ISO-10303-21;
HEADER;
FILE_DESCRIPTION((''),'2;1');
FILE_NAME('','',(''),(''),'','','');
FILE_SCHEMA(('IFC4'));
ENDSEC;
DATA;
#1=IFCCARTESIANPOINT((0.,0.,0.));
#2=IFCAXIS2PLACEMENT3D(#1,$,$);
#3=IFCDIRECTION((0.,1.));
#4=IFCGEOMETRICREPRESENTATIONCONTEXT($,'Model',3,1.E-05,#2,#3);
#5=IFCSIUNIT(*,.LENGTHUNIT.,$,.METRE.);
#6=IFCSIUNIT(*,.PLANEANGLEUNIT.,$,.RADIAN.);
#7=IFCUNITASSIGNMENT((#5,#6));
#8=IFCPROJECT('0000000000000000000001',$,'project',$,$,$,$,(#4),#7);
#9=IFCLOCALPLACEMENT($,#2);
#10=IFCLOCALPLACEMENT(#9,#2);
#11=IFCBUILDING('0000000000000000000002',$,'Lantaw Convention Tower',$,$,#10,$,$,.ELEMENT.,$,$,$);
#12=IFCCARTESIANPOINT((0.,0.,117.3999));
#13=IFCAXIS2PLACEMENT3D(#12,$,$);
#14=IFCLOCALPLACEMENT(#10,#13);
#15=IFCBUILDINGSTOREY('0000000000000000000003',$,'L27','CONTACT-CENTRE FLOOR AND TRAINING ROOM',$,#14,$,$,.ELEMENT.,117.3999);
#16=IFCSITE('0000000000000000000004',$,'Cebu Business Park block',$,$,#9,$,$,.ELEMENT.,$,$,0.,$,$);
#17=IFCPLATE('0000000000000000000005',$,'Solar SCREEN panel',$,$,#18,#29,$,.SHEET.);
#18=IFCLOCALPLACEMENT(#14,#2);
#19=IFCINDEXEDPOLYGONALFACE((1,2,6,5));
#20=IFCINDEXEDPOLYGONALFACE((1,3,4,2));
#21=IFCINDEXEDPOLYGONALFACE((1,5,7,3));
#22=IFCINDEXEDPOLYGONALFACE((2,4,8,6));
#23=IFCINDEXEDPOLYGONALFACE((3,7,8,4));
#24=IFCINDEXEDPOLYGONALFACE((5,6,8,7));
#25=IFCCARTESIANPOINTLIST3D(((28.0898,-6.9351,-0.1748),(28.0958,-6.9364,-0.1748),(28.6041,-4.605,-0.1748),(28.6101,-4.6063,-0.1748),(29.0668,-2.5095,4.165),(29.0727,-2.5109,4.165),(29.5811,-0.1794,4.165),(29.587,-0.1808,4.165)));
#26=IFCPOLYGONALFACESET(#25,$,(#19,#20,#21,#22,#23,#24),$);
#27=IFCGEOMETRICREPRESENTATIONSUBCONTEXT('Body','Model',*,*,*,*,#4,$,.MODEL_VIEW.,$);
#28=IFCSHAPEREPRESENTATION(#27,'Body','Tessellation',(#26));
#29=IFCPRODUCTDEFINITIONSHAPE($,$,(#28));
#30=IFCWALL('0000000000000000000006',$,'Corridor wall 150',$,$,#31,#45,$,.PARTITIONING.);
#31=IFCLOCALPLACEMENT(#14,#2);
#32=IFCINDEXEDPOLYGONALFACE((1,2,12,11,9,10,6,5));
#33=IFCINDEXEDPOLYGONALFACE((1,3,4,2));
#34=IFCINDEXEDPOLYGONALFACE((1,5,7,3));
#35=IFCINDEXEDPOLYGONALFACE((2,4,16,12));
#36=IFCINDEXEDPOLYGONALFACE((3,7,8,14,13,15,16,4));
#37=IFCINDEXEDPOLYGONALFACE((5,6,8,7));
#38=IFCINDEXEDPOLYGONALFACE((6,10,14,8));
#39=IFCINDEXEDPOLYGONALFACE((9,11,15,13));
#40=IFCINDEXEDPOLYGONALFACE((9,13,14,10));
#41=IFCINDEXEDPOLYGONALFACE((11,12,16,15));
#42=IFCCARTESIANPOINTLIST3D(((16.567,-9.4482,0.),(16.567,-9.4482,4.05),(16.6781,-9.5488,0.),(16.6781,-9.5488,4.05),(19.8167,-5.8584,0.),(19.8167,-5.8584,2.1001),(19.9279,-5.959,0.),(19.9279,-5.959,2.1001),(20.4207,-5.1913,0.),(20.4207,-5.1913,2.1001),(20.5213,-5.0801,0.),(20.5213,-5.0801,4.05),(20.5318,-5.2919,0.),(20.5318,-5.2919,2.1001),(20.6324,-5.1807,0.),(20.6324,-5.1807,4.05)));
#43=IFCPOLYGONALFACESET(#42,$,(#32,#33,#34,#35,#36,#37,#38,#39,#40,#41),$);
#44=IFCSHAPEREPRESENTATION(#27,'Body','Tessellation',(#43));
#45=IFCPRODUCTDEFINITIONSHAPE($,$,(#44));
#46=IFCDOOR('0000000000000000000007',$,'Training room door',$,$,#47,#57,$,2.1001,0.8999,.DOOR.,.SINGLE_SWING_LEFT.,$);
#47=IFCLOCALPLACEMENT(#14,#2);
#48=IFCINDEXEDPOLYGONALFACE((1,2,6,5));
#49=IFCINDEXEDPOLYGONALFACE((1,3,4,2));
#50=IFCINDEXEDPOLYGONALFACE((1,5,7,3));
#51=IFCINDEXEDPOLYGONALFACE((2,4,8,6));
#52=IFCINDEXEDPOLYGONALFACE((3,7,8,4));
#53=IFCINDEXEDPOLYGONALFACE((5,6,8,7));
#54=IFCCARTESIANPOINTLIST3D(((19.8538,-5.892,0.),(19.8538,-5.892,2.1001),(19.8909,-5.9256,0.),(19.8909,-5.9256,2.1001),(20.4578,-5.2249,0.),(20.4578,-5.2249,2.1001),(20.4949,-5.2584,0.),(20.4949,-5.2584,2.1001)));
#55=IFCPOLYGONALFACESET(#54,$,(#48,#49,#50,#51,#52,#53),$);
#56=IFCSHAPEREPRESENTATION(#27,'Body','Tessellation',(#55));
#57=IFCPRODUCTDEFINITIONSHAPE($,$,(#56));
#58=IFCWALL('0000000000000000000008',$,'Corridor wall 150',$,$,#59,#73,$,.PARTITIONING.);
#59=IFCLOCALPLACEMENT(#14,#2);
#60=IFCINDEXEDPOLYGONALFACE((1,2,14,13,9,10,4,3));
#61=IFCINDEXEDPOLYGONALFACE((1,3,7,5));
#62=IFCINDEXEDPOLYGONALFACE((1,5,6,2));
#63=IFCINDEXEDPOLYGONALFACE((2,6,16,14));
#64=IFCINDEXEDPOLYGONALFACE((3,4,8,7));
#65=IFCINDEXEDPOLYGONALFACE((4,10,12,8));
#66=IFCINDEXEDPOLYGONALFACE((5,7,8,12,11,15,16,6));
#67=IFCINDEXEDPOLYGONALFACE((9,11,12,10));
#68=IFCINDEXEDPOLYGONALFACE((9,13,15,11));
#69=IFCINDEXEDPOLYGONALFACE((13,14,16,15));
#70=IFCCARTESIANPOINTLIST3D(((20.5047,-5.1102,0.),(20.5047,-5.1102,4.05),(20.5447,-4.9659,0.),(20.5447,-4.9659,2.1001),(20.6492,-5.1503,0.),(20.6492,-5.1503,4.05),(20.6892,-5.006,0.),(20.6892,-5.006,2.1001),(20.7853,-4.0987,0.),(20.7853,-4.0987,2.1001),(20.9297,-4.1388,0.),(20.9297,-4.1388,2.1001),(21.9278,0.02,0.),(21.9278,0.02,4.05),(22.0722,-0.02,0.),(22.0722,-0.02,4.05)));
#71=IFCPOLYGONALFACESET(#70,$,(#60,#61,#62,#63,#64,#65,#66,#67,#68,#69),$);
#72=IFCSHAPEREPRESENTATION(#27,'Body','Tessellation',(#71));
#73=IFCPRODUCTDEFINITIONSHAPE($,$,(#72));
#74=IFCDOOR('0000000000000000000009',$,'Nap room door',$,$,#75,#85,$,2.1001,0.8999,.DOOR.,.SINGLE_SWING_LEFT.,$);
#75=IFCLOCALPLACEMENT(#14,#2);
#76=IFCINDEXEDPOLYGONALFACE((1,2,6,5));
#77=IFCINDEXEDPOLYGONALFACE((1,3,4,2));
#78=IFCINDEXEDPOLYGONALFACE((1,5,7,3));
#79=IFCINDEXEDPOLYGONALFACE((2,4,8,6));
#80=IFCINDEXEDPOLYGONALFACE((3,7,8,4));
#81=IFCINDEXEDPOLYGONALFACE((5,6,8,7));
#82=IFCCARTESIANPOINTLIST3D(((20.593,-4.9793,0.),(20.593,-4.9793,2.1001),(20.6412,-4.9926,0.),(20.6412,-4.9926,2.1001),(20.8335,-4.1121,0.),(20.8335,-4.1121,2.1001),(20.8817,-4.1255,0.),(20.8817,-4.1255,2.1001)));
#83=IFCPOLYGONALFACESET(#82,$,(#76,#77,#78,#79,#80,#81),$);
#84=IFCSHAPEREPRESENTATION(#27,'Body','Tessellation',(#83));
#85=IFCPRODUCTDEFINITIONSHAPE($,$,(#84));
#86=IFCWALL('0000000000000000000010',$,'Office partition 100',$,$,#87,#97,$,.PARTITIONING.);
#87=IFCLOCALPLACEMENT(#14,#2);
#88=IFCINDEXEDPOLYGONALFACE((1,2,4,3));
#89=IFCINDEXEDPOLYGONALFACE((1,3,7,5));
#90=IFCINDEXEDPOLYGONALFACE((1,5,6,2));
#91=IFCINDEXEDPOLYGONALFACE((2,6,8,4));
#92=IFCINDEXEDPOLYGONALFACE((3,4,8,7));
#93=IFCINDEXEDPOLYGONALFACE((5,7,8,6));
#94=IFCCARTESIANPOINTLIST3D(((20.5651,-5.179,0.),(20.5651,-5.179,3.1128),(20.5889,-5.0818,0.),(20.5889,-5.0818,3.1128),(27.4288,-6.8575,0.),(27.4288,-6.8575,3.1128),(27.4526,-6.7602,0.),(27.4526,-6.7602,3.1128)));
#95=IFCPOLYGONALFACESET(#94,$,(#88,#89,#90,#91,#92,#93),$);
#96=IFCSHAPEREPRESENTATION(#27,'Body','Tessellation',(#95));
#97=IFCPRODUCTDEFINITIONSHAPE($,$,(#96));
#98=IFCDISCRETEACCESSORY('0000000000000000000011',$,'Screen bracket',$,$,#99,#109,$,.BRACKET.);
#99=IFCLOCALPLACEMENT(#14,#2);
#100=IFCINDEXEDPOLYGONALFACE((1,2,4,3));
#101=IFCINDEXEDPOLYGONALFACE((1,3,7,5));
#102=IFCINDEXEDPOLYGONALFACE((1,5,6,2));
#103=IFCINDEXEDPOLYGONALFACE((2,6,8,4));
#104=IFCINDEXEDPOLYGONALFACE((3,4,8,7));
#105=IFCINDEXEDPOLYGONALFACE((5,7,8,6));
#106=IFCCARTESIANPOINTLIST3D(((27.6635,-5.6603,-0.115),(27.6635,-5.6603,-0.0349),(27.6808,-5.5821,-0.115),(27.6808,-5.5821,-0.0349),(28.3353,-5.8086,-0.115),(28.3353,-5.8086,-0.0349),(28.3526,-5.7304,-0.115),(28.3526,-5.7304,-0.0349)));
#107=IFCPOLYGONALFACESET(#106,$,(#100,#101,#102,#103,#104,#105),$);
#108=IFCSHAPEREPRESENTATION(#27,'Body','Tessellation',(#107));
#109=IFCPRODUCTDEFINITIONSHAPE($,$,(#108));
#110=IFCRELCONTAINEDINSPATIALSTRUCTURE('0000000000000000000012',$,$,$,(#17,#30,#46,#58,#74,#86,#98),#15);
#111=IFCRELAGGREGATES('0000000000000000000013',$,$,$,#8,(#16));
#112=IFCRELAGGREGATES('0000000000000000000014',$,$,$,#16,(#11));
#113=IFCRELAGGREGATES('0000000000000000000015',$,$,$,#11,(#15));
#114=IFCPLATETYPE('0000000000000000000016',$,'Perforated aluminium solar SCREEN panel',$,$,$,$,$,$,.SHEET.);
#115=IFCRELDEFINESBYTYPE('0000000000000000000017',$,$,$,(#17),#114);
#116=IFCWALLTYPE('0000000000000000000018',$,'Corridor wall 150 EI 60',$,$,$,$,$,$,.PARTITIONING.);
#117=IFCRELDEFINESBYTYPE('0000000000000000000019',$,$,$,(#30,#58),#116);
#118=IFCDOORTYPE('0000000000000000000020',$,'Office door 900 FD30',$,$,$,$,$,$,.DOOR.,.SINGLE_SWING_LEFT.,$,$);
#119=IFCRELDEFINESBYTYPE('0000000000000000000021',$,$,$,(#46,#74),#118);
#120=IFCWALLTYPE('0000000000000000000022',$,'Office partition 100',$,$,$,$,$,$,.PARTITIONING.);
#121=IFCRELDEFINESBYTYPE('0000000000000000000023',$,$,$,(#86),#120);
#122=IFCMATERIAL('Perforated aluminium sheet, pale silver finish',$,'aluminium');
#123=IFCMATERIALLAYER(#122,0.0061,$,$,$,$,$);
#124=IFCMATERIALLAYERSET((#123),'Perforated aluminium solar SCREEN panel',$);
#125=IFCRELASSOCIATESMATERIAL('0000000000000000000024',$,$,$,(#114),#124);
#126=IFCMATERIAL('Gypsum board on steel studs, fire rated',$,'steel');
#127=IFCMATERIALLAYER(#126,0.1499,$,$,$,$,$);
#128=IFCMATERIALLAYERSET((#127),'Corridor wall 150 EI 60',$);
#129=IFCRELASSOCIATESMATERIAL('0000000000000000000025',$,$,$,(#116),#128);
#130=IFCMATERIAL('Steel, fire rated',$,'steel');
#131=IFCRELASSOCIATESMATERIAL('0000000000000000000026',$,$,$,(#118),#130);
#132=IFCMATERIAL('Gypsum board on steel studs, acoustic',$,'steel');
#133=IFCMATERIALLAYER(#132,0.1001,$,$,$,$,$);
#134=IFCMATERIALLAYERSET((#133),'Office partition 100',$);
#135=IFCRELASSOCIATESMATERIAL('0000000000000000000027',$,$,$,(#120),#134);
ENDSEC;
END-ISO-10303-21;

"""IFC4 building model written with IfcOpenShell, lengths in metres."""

from ifc_helpers import new_model, si_unit, direction, frame, frame_2d, origin, origin_2d, place, context, subcontext, project, spatial, polyline, rectangle, outline, extrude, material, layer, layer_set, type_object, element, fill, save


model = new_model("IFC4")

# Units and contexts
model_context = context("Model", 3, precision=1e-05, world=origin(), true_north=direction((0.0, 1.0)))
body_context = subcontext(model_context, "Body", "Model", "MODEL_VIEW")
ifc_project = project(units=[si_unit("LENGTHUNIT", "METRE"), si_unit("PLANEANGLEUNIT", "RADIAN")], contexts=[model_context])

# Site, building, storey
site_placement = place(None, origin())
site = spatial("IfcSite", under=ifc_project, at=site_placement, Name="Cebu Business Park block", CompositionType="ELEMENT", RefElevation=0.0)
building_placement = place(site_placement, origin())
building = spatial("IfcBuilding", under=site, at=building_placement, Name="Lantaw Convention Tower", CompositionType="ELEMENT")
storey_placement = place(building_placement, frame((0.0, 0.0, 117.3999)))
storey = spatial("IfcBuildingStorey", under=building, at=storey_placement, Name="L27", Description="CONTACT-CENTRE FLOOR AND TRAINING ROOM", CompositionType="ELEMENT", Elevation=117.3999)

# Plate
ifc_material_1 = material(Name="Perforated aluminium sheet, pale silver finish", Category="aluminium")
ifc_layer_1 = layer(ifc_material_1, 0.0061)
ifc_layer_set_1 = layer_set([ifc_layer_1], Name="Perforated aluminium solar SCREEN panel")
plate_type_1 = type_object("IfcPlateType", Name="Perforated aluminium solar SCREEN panel", PredefinedType="SHEET", material=ifc_layer_set_1)
plate_1_placement = place(storey_placement, frame((28.0898, -6.9351, -0.1748), z_axis=(-0.976498, 0.215527, 0.000033), x_axis=(0.215527, 0.976498, 0.0)))
element("IfcPlate", 1, at=plate_1_placement, inside=storey, type_object=plate_type_1, Name="Solar SCREEN panel", PredefinedType="SHEET", context=body_context, shape_type="SweptSolid", body=[
    extrude(outline(polyline([(0.0, 0.0), (2.3861, 0.0), (6.9182, -4.3398), (4.5321, -4.3398), (0.0, 0.0)])), origin(), (0.0, 0.0, -1.0), 0.0061),
])

# Walls, openings, doors
ifc_material_2 = material(Name="Gypsum board on steel studs, fire rated", Category="steel")
ifc_layer_2 = layer(ifc_material_2, 0.1499)
ifc_layer_set_2 = layer_set([ifc_layer_2], Name="Corridor wall 150 EI 60")
wall_type_1 = type_object("IfcWallType", Name="Corridor wall 150 EI 60", PredefinedType="PARTITIONING", material=ifc_layer_set_2)
wall_1_placement = place(storey_placement, frame((16.6226, -9.4985, 0.0), z_axis=(0.0, 0.0, 1.0), x_axis=(0.671118, 0.74135, 0.0)))
wall_1 = element("IfcWall", 2, at=wall_1_placement, inside=storey, type_object=wall_type_1, Name="Corridor wall 150", PredefinedType="PARTITIONING", context=body_context, shape_type="SweptSolid", body=[
    extrude(rectangle(XDim=5.8921, YDim=0.1499, at=frame_2d((2.946, 0.0))), origin(), (0.0, 0.0, 1.0), 4.05),
])
opening_1_placement = place(wall_1_placement, frame((4.8423, 0.0, 0.0)))
opening_1 = element("IfcOpeningElement", 3, at=opening_1_placement, cuts=wall_1, PredefinedType="OPENING", context=body_context, shape_type="SweptSolid", body=[
    extrude(rectangle(XDim=0.8999, YDim=2.1001, at=frame_2d((0.45, 1.05))), frame((0.0, 0.085, 0.0), z_axis=(0.0, -1.0, 0.0), x_axis=(1.0, 0.0, 0.0)), (0.0, 0.0, 1.0), 0.1699),
])
ifc_material_3 = material(Name="Steel, fire rated", Category="steel")
door_type = type_object("IfcDoorType", Name="Office door 900 FD30", OperationType="SINGLE_SWING_LEFT", PredefinedType="DOOR", material=ifc_material_3)
door_1_placement = place(opening_1_placement, origin())
door_1 = element("IfcDoor", 4, at=door_1_placement, inside=storey, type_object=door_type, Name="Training room door", OperationType="SINGLE_SWING_LEFT", OverallHeight=2.1001, OverallWidth=0.8999, PredefinedType="DOOR", context=body_context, shape_type="SweptSolid", body=[
    extrude(rectangle(XDim=0.8999, YDim=2.1001, at=frame_2d((0.45, 1.05))), frame((0.0, 0.0249, 0.0), z_axis=(0.0, -1.0, 0.0), x_axis=(1.0, 0.0, 0.0)), (0.0, 0.0, 1.0), 0.05),
])
fill(opening_1, door_1)
wall_2_placement = place(storey_placement, frame((20.5769, -5.1304, 0.0), z_axis=(0.0, 0.0, 1.0), x_axis=(0.267294, 0.963615, 0.0)))
wall_2 = element("IfcWall", 5, at=wall_2_placement, inside=storey, type_object=wall_type_1, Name="Corridor wall 150", PredefinedType="PARTITIONING", context=body_context, shape_type="SweptSolid", body=[
    extrude(rectangle(XDim=5.324, YDim=0.1499, at=frame_2d((2.6621, 0.0))), origin(), (0.0, 0.0, 1.0), 4.05),
])
opening_2_placement = place(wall_2_placement, frame((0.1499, 0.0, 0.0)))
opening_2 = element("IfcOpeningElement", 6, at=opening_2_placement, cuts=wall_2, PredefinedType="OPENING", context=body_context, shape_type="SweptSolid", body=[
    extrude(rectangle(XDim=0.8999, YDim=2.1001, at=frame_2d((0.45, 1.05))), frame((0.0, 0.085, 0.0), z_axis=(0.0, -1.0, 0.0), x_axis=(1.0, 0.0, 0.0)), (0.0, 0.0, 1.0), 0.1699),
])
door_2_placement = place(opening_2_placement, origin())
door_2 = element("IfcDoor", 7, at=door_2_placement, inside=storey, type_object=door_type, Name="Nap room door", OperationType="SINGLE_SWING_LEFT", OverallHeight=2.1001, OverallWidth=0.8999, PredefinedType="DOOR", context=body_context, shape_type="SweptSolid", body=[
    extrude(rectangle(XDim=0.8999, YDim=2.1001, at=frame_2d((0.45, 1.05))), frame((0.0, 0.0249, 0.0), z_axis=(0.0, -1.0, 0.0), x_axis=(1.0, 0.0, 0.0)), (0.0, 0.0, 1.0), 0.05),
])
fill(opening_2, door_2)

# Wall
ifc_material_4 = material(Name="Gypsum board on steel studs, acoustic", Category="steel")
ifc_layer_3 = layer(ifc_material_4, 0.1001)
ifc_layer_set_3 = layer_set([ifc_layer_3], Name="Office partition 100")
wall_type_2 = type_object("IfcWallType", Name="Office partition 100", PredefinedType="PARTITIONING", material=ifc_layer_set_3)
wall_3_placement = place(storey_placement, frame((27.4407, -6.8088, 0.0), z_axis=(0.0, 0.0, 1.0), x_axis=(-0.971378, 0.237541, 0.0)))
element("IfcWall", 8, at=wall_3_placement, inside=storey, type_object=wall_type_2, Name="Office partition 100", PredefinedType="PARTITIONING", context=body_context, shape_type="SweptSolid", body=[
    extrude(rectangle(XDim=7.0659, YDim=0.1001, at=frame_2d((3.533, 0.0))), origin(), (0.0, 0.0, 1.0), 3.1128),
])

# Discrete accessory
discrete_accessory_placement = place(storey_placement, frame((28.0081, -5.6953, -0.115), z_axis=(0.0, 0.0, 1.0), x_axis=(0.215546, 0.976494, 0.0)))
element("IfcDiscreteAccessory", 9, at=discrete_accessory_placement, inside=storey, Name="Screen bracket", PredefinedType="BRACKET", context=body_context, shape_type="SweptSolid", body=[
    extrude(rectangle(XDim=0.0801, YDim=0.688, at=origin_2d()), origin(), (0.0, 0.0, 1.0), 0.0801),
])

save(model, "model.ifc")
